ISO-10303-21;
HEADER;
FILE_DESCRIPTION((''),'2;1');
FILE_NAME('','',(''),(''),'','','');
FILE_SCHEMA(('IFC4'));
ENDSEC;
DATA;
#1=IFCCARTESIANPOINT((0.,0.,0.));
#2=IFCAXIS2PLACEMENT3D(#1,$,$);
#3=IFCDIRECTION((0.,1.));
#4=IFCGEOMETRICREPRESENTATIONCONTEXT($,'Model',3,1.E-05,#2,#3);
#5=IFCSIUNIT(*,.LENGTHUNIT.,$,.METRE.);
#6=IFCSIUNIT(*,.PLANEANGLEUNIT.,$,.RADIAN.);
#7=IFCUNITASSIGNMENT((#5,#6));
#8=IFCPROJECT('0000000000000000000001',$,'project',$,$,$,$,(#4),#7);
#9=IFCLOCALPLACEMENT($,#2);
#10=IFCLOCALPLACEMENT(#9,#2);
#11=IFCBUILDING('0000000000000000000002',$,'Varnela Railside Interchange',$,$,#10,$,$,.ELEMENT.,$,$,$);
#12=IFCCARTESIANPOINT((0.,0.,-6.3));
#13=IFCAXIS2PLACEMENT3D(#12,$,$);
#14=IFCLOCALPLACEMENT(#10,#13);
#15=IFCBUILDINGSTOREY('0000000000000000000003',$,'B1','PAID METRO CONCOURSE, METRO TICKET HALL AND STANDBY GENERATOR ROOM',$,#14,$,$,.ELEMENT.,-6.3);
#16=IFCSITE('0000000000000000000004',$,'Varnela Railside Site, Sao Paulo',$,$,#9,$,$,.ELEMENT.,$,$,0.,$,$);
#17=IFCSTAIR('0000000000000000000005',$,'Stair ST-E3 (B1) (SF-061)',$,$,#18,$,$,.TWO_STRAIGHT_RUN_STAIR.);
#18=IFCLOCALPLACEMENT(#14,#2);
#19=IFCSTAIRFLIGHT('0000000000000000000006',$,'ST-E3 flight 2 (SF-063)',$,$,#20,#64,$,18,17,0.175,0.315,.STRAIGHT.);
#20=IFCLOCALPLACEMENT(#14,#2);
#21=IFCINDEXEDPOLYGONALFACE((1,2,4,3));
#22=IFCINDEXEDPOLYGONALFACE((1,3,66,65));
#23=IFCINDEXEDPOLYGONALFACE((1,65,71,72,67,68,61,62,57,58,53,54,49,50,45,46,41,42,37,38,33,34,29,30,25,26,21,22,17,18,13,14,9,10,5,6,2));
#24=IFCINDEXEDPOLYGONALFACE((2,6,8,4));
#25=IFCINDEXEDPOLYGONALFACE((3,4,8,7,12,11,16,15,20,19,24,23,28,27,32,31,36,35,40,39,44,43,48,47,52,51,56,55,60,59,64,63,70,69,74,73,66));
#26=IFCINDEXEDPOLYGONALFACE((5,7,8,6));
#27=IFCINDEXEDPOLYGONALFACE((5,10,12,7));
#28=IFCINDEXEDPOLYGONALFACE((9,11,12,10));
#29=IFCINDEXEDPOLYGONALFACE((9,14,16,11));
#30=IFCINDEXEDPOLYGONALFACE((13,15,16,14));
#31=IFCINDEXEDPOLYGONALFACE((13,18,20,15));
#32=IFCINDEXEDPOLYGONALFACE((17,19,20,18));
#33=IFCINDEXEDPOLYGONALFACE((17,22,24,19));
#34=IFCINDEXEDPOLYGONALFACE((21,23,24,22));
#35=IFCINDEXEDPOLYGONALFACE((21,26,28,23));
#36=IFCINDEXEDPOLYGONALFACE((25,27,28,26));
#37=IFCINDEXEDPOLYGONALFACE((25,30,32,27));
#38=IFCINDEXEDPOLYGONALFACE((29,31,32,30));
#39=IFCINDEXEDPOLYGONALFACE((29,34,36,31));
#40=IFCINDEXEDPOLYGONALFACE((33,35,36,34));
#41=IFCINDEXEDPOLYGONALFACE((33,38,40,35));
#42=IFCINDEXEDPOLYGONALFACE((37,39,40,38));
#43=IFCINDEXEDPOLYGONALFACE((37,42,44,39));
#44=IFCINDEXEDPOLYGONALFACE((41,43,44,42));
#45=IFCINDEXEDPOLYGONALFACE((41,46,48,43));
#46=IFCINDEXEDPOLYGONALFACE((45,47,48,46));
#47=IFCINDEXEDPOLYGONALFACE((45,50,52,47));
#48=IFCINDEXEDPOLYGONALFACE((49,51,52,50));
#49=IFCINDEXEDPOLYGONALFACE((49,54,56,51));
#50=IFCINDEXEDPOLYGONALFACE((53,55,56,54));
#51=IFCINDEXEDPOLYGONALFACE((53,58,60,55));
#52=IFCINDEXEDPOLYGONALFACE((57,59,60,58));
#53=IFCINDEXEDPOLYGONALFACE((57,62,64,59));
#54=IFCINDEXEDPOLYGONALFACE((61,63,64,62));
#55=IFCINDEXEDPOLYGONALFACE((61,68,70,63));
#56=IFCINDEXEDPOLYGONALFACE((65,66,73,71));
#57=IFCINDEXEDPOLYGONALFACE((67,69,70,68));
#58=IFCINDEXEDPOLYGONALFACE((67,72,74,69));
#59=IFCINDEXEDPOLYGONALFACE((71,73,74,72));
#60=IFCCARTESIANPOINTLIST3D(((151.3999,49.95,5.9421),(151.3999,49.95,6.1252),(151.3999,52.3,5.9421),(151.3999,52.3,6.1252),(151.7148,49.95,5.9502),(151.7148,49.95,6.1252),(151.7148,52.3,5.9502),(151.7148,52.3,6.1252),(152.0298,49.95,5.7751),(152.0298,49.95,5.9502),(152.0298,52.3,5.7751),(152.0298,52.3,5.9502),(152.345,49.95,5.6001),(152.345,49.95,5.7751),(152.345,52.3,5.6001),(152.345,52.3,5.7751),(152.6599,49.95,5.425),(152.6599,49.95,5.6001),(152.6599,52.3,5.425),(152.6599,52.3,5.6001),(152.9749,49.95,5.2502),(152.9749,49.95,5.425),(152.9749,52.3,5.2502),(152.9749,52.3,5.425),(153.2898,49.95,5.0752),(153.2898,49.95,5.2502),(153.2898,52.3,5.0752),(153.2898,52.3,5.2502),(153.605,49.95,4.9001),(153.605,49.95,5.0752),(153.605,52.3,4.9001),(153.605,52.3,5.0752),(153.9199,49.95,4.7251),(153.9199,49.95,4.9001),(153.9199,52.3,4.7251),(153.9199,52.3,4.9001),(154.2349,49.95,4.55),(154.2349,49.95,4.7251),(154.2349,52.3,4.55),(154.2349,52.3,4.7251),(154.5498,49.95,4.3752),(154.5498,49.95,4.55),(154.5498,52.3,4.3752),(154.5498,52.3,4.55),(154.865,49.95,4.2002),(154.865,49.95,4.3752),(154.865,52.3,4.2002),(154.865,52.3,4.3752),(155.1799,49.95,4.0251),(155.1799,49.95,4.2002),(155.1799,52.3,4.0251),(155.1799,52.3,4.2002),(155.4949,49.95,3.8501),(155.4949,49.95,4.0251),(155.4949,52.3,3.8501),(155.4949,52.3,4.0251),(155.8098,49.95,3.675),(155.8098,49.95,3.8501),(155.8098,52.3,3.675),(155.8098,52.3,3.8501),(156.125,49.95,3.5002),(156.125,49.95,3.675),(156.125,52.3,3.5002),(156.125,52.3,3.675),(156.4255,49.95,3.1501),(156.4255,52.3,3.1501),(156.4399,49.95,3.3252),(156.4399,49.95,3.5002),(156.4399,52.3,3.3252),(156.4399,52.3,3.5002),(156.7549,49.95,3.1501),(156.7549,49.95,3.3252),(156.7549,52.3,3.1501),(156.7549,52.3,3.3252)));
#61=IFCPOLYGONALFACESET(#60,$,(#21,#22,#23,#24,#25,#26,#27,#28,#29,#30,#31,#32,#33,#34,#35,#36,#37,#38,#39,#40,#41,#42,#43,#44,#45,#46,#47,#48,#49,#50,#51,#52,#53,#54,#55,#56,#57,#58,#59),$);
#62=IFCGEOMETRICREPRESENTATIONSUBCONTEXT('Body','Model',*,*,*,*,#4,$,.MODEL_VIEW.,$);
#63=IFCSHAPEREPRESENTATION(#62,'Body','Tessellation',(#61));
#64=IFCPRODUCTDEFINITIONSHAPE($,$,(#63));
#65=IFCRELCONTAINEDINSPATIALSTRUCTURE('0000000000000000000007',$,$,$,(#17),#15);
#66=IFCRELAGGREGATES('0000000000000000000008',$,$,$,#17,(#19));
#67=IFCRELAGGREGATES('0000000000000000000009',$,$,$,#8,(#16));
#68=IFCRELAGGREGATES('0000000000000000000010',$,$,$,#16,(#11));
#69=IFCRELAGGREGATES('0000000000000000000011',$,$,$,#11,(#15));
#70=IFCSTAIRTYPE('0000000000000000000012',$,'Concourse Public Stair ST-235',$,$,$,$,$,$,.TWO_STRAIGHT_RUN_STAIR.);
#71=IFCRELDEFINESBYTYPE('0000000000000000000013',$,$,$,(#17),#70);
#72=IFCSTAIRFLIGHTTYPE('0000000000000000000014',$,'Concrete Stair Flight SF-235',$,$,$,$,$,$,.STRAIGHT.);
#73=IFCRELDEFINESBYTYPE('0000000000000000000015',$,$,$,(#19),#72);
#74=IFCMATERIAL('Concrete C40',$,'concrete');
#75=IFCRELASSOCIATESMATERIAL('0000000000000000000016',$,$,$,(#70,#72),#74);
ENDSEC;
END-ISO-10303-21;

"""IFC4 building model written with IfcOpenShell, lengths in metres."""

from ifc_helpers import new_model, si_unit, direction, frame, origin, place, context, subcontext, project, spatial, polyline, outline, extrude, material, type_object, element, aggregate, save


model = new_model("IFC4")

# Units and contexts
model_context = context("Model", 3, precision=1e-05, world=origin(), true_north=direction((0.0, 1.0)))
body_context = subcontext(model_context, "Body", "Model", "MODEL_VIEW")
ifc_project = project(units=[si_unit("LENGTHUNIT", "METRE"), si_unit("PLANEANGLEUNIT", "RADIAN")], contexts=[model_context])

# Site, building, storey
site_placement = place(None, origin())
site = spatial("IfcSite", under=ifc_project, at=site_placement, Name="Varnela Railside Site, Sao Paulo", CompositionType="ELEMENT", RefElevation=0.0)
building_placement = place(site_placement, origin())
building = spatial("IfcBuilding", under=site, at=building_placement, Name="Varnela Railside Interchange", CompositionType="ELEMENT")
storey_placement = place(building_placement, frame((0.0, 0.0, -6.3)))
storey = spatial("IfcBuildingStorey", under=building, at=storey_placement, Name="B1", Description="PAID METRO CONCOURSE, METRO TICKET HALL AND STANDBY GENERATOR ROOM", CompositionType="ELEMENT", Elevation=-6.3)

# Shared definitions
ifc_material_1 = material(Name="Concrete C40", Category="concrete")

# Stair, stair flight
stair_type = type_object("IfcStairType", Name="Concourse Public Stair ST-235", PredefinedType="TWO_STRAIGHT_RUN_STAIR", material=ifc_material_1)
stair_placement = place(storey_placement, origin())
stair = element("IfcStair", 1, at=stair_placement, inside=storey, type_object=stair_type, Name="Stair ST-E3 (B1) (SF-061)", PredefinedType="TWO_STRAIGHT_RUN_STAIR")
stair_flight_type = type_object("IfcStairFlightType", Name="Concrete Stair Flight SF-235", PredefinedType="STRAIGHT", material=ifc_material_1)
stair_flight_1_placement = place(storey_placement, frame((156.7549, 51.125, 3.1501), z_axis=(0.0, 0.0, 1.0), x_axis=(-1.0, 0.0, 0.0)))
stair_flight_1 = element("IfcStairFlight", 2, at=stair_flight_1_placement, type_object=stair_flight_type, Name="ST-E3 flight 2 (SF-063)", NumberOfRisers=18, NumberOfTreads=17, PredefinedType="STRAIGHT", RiserHeight=0.175, TreadLength=0.315, context=body_context, shape_type="SweptSolid", body=[
    extrude(outline(polyline([(0.0, 0.0), (0.0, 0.175), (0.3149, 0.175), (0.3149, 0.3501), (0.6299, 0.3501), (0.6299, 0.5249), (0.9451, 0.5249), (0.9451, 0.7), (1.26, 0.7), (1.26, 0.875), (1.575, 0.875), (1.575, 1.05), (1.8899, 1.05), (1.8899, 1.2251), (2.2051, 1.2251), (2.2051, 1.3999), (2.52, 1.3999), (2.52, 1.575), (2.835, 1.575), (2.835, 1.75), (3.1499, 1.75), (3.1499, 1.925), (3.4651, 1.925), (3.4651, 2.1001), (3.78, 2.1001), (3.78, 2.2749), (4.095, 2.2749), (4.095, 2.45), (4.4099, 2.45), (4.4099, 2.625), (4.7251, 2.625), (4.7251, 2.8), (5.04, 2.8), (5.04, 2.9751), (5.355, 2.9751), (5.355, 3.1499), (5.355, 2.792), (0.3293, 0.0), (0.0, 0.0)])), frame((0.0, 1.175, 0.0), z_axis=(0.0, -1.0, 0.0), x_axis=(1.0, 0.0, 0.0)), (0.0, 0.0, 1.0), 2.3501),
])
aggregate(stair, [stair_flight_1])

save(model, "model.ifc")
